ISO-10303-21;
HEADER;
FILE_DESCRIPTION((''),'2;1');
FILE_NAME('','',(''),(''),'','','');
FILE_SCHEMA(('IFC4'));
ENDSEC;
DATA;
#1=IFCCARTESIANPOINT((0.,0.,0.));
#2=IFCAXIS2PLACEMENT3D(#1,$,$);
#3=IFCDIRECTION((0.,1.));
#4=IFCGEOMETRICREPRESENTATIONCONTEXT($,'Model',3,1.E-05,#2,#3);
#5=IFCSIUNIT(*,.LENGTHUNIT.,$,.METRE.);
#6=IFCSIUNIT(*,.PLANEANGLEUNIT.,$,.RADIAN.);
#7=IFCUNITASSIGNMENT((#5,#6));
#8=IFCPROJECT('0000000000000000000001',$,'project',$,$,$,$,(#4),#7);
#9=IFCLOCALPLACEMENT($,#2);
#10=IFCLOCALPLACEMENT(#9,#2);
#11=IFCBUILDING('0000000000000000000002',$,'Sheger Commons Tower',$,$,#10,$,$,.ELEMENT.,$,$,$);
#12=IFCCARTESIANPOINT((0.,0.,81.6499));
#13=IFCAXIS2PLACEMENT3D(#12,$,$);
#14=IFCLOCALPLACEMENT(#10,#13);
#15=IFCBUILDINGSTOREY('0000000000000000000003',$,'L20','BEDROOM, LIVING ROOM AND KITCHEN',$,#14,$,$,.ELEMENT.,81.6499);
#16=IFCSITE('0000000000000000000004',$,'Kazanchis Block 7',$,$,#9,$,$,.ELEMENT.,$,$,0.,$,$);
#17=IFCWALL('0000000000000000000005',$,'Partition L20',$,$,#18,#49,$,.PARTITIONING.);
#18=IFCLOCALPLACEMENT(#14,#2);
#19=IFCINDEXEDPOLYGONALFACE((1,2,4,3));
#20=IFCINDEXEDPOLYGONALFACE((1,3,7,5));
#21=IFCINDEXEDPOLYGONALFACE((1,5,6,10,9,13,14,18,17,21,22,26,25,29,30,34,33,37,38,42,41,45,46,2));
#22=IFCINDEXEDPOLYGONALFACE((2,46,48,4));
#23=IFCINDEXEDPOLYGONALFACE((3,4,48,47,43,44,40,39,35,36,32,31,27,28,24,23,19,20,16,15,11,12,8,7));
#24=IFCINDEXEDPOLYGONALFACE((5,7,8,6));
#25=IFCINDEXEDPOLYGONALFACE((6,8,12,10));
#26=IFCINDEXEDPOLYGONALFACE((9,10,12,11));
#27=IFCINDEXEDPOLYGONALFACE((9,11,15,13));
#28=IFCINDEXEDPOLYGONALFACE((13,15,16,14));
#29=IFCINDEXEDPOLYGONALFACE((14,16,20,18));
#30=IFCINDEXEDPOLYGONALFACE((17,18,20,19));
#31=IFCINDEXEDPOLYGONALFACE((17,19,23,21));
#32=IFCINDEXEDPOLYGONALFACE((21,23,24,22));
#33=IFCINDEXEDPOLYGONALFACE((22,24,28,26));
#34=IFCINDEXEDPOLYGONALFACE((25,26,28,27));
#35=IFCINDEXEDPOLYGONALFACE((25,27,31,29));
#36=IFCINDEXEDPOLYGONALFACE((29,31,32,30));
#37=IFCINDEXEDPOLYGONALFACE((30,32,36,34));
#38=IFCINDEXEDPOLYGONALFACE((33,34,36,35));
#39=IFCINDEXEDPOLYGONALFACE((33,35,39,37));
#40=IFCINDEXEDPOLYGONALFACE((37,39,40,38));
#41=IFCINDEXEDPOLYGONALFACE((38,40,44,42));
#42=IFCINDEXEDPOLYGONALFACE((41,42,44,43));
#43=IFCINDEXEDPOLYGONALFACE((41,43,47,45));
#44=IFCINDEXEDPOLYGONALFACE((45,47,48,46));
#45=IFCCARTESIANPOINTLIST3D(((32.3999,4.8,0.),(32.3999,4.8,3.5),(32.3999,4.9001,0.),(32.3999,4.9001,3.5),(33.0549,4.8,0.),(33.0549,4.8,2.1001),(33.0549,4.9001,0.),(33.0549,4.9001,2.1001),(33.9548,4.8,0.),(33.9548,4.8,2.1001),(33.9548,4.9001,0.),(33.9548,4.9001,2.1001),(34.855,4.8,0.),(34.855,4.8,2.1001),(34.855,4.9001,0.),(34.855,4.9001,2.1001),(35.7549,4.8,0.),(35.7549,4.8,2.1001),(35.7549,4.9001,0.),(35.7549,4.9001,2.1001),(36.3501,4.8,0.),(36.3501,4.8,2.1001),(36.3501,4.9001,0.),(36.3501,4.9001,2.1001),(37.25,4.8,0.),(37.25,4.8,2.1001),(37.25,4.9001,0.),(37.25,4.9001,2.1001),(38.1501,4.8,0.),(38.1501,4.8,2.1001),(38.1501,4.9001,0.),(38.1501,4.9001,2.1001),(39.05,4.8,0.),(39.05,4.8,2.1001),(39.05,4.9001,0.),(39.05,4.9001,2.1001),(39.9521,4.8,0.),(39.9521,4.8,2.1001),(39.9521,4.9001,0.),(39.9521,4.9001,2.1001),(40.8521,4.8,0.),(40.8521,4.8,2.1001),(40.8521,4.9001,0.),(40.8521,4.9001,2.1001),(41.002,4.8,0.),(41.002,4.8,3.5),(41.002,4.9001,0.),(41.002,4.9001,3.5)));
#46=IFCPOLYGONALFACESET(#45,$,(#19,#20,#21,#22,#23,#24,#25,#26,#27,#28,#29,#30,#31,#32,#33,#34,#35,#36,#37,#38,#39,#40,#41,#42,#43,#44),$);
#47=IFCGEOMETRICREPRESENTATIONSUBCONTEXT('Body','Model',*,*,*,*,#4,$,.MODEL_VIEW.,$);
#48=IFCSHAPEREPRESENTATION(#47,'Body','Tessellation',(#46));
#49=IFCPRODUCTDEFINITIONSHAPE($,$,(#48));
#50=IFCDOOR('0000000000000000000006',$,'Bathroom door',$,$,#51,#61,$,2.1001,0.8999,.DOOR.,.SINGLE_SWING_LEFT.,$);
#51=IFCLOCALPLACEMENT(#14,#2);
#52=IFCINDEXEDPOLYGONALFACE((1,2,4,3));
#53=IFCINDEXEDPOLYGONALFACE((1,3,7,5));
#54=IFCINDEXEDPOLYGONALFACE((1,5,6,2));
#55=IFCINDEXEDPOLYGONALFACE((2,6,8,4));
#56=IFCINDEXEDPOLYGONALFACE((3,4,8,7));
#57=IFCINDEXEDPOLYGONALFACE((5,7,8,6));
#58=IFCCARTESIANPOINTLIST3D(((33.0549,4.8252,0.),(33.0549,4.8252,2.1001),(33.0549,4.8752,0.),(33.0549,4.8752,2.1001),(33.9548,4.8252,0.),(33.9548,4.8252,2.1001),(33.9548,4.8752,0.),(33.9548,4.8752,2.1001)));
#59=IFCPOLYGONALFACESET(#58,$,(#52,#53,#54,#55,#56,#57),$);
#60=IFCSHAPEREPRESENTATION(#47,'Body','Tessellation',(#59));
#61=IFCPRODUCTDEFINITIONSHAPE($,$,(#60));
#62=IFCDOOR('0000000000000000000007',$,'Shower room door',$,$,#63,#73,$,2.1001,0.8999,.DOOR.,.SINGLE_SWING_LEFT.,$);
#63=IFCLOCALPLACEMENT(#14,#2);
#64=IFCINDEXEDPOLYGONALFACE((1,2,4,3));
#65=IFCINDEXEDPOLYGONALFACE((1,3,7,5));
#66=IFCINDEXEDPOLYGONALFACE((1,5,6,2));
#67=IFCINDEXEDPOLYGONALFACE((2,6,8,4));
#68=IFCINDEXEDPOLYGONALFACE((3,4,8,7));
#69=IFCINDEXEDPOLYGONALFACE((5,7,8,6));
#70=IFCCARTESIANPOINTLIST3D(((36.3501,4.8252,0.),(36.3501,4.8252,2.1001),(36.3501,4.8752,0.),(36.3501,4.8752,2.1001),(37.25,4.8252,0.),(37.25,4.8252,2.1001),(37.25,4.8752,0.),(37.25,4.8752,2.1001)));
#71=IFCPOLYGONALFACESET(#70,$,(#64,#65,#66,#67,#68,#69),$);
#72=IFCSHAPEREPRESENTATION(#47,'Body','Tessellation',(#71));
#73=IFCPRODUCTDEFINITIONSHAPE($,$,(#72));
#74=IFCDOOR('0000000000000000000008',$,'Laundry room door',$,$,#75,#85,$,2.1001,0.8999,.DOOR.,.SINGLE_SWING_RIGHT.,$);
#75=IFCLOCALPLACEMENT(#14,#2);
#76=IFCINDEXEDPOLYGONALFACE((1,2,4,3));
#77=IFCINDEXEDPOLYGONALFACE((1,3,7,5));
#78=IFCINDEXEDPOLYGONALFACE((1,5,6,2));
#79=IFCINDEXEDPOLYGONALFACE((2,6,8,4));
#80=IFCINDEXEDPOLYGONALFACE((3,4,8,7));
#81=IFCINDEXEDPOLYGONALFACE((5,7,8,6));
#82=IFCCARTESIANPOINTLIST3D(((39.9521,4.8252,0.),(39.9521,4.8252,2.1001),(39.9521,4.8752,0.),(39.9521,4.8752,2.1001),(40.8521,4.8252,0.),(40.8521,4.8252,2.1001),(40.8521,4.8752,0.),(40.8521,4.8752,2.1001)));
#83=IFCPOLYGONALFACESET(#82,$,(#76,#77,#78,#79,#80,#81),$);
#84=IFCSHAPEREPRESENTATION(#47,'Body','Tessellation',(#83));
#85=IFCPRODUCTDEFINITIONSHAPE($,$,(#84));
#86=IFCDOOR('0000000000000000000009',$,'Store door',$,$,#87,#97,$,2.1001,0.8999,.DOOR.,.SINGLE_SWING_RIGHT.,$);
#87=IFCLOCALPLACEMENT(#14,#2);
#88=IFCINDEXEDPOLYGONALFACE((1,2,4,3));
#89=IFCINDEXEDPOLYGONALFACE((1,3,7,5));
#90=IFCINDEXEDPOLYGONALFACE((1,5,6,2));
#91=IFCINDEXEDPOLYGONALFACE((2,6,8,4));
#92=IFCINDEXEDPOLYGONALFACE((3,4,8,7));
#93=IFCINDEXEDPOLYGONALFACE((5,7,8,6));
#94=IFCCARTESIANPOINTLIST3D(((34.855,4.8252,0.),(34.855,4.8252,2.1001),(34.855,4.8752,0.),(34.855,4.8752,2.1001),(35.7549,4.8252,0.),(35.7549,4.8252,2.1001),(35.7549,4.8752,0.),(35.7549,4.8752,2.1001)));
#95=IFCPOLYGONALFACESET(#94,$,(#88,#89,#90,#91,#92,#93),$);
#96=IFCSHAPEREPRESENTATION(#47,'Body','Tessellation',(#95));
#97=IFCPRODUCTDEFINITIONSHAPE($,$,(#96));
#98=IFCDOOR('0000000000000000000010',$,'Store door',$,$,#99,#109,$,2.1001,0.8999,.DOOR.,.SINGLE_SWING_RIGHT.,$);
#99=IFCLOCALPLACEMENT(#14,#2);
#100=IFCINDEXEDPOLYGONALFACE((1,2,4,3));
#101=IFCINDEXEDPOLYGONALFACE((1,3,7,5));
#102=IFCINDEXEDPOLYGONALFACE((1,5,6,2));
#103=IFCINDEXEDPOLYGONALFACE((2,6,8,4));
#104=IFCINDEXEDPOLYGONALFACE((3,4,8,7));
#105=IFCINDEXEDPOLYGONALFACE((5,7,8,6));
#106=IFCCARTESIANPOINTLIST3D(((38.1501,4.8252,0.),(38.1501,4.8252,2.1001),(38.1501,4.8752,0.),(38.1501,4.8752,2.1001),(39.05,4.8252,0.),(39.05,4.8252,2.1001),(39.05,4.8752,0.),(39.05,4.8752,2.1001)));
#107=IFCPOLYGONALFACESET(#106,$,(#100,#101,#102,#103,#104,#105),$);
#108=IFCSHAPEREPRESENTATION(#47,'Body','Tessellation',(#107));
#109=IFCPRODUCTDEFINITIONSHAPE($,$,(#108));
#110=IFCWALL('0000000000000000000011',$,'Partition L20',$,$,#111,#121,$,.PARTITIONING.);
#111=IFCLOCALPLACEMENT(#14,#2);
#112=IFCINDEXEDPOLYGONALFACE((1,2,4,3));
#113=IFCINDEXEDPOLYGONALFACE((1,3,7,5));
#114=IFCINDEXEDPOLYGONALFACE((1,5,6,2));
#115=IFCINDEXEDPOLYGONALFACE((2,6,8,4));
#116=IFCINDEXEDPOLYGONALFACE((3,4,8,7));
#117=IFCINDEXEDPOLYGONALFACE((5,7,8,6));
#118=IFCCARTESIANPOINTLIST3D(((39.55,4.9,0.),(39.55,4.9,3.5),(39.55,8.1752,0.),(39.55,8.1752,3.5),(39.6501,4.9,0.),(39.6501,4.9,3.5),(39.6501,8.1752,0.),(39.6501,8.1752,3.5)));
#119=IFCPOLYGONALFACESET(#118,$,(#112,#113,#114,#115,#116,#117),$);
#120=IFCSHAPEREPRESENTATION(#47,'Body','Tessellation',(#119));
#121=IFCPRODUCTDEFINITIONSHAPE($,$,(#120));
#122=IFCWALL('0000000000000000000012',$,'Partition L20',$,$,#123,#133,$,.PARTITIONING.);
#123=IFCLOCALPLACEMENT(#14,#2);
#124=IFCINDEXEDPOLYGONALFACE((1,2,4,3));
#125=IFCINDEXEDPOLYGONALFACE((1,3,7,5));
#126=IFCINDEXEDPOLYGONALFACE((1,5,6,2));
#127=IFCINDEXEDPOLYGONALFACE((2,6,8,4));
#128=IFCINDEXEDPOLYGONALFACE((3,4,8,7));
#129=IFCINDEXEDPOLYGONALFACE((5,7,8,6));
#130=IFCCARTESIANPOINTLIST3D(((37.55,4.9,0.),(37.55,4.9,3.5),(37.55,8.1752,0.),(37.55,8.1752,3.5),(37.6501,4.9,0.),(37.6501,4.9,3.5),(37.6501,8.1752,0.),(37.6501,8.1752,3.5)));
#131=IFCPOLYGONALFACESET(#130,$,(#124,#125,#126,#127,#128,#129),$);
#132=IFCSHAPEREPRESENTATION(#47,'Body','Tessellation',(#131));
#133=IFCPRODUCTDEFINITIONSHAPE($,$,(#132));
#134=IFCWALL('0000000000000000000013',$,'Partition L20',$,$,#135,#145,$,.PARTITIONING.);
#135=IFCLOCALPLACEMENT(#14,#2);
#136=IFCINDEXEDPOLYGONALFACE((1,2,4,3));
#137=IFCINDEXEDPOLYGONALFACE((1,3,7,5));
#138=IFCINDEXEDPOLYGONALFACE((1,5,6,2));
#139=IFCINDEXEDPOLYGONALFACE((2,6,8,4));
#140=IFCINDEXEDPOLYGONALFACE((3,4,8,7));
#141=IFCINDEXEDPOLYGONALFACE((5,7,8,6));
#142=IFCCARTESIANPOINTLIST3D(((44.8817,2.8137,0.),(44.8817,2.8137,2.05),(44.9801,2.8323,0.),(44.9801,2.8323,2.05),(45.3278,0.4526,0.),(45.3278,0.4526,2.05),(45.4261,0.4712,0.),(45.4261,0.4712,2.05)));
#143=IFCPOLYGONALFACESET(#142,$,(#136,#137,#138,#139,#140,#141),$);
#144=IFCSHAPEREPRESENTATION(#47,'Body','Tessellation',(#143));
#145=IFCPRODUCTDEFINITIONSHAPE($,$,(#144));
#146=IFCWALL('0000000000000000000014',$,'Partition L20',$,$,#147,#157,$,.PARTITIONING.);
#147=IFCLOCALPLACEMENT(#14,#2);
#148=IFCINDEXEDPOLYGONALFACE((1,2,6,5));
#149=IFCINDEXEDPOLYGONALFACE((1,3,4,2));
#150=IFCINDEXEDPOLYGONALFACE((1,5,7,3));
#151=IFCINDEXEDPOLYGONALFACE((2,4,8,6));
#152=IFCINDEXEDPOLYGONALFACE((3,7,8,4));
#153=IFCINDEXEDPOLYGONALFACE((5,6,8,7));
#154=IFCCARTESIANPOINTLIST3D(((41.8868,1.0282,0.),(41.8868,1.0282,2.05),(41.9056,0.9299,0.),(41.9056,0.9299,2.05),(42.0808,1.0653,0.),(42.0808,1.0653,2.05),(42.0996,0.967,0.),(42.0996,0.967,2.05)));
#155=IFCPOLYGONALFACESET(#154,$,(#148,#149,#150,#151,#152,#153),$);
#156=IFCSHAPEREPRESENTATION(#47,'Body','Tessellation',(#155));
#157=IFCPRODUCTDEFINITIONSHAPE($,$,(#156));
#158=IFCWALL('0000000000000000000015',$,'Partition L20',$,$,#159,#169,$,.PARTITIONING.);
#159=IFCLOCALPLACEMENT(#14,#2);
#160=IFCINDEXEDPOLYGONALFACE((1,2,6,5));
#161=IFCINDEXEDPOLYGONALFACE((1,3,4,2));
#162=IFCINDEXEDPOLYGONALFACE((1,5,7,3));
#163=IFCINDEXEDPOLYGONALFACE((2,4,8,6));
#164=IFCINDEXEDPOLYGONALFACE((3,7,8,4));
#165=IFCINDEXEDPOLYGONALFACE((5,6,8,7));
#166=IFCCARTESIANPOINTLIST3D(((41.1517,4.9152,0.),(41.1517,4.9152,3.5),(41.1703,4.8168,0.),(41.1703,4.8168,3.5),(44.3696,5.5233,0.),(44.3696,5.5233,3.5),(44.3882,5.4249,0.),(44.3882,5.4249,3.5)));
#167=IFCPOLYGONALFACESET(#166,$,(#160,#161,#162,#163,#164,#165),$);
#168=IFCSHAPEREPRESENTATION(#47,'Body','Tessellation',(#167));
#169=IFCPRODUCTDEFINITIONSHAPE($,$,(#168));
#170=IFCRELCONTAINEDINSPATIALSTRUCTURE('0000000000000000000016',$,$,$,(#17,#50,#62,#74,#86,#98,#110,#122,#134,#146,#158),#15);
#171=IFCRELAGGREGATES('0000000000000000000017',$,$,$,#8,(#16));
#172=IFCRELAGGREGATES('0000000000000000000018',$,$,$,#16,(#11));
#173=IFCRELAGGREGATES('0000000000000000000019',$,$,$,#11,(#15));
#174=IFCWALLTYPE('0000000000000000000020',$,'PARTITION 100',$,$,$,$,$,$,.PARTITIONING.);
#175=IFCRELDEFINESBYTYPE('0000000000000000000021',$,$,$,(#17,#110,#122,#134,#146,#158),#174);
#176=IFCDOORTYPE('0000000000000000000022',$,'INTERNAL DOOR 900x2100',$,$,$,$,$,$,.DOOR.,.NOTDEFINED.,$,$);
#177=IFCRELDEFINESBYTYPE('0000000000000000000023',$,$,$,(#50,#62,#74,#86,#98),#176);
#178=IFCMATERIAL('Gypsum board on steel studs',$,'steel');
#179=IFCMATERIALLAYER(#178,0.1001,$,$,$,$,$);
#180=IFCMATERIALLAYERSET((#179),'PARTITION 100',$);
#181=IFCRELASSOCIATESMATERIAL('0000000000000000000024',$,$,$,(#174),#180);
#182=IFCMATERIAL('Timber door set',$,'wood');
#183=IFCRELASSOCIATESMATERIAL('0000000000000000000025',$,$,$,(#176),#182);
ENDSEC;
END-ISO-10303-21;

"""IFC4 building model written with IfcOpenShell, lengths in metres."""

from ifc_helpers import new_model, si_unit, direction, frame, frame_2d, origin, place, context, subcontext, project, spatial, rectangle, extrude, material, layer, layer_set, type_object, element, fill, save


model = new_model("IFC4")

# Units and contexts
model_context = context("Model", 3, precision=1e-05, world=origin(), true_north=direction((0.0, 1.0)))
body_context = subcontext(model_context, "Body", "Model", "MODEL_VIEW")
ifc_project = project(units=[si_unit("LENGTHUNIT", "METRE"), si_unit("PLANEANGLEUNIT", "RADIAN")], contexts=[model_context])

# Site, building, storey
site_placement = place(None, origin())
site = spatial("IfcSite", under=ifc_project, at=site_placement, Name="Kazanchis Block 7", CompositionType="ELEMENT", RefElevation=0.0)
building_placement = place(site_placement, origin())
building = spatial("IfcBuilding", under=site, at=building_placement, Name="Sheger Commons Tower", CompositionType="ELEMENT")
storey_placement = place(building_placement, frame((0.0, 0.0, 81.6499)))
storey = spatial("IfcBuildingStorey", under=building, at=storey_placement, Name="L20", Description="BEDROOM, LIVING ROOM AND KITCHEN", CompositionType="ELEMENT", Elevation=81.6499)

# Wall, openings, doors
ifc_material_1 = material(Name="Gypsum board on steel studs", Category="steel")
ifc_layer_1 = layer(ifc_material_1, 0.1001)
ifc_layer_set_1 = layer_set([ifc_layer_1], Name="PARTITION 100")
wall_type = type_object("IfcWallType", Name="PARTITION 100", PredefinedType="PARTITIONING", material=ifc_layer_set_1)
ifc_material_2 = material(Name="Timber door set", Category="wood")
door_type = type_object("IfcDoorType", Name="INTERNAL DOOR 900x2100", OperationType="NOTDEFINED", PredefinedType="DOOR", material=ifc_material_2)
wall_1_placement = place(storey_placement, frame((41.002, 4.8501, 0.0), z_axis=(0.0, 0.0, 1.0), x_axis=(-1.0, 0.0, 0.0)))
wall_1 = element("IfcWall", 1, at=wall_1_placement, inside=storey, type_object=wall_type, Name="Partition L20", PredefinedType="PARTITIONING", context=body_context, shape_type="SweptSolid", body=[
    extrude(rectangle(XDim=8.6021, YDim=0.1001, at=frame_2d((4.301, 0.0))), origin(), (0.0, 0.0, 1.0), 3.5),
])
opening_1_placement = place(wall_1_placement, frame((7.0471, 0.0, 0.0)))
opening_1 = element("IfcOpeningElement", 2, at=opening_1_placement, cuts=wall_1, PredefinedType="OPENING", context=body_context, shape_type="SweptSolid", body=[
    extrude(rectangle(XDim=0.8999, YDim=2.1001, at=frame_2d((0.45, 1.05))), frame((0.0, 0.0601, 0.0), z_axis=(0.0, -1.0, 0.0), x_axis=(1.0, 0.0, 0.0)), (0.0, 0.0, 1.0), 0.1201),
])
opening_2_placement = place(wall_1_placement, frame((3.752, 0.0, 0.0)))
opening_2 = element("IfcOpeningElement", 3, at=opening_2_placement, cuts=wall_1, PredefinedType="OPENING", context=body_context, shape_type="SweptSolid", body=[
    extrude(rectangle(XDim=0.8999, YDim=2.1001, at=frame_2d((0.45, 1.05))), frame((0.0, 0.0601, 0.0), z_axis=(0.0, -1.0, 0.0), x_axis=(1.0, 0.0, 0.0)), (0.0, 0.0, 1.0), 0.1201),
])
opening_3_placement = place(wall_1_placement, frame((0.1499, 0.0, 0.0)))
opening_3 = element("IfcOpeningElement", 4, at=opening_3_placement, cuts=wall_1, PredefinedType="OPENING", context=body_context, shape_type="SweptSolid", body=[
    extrude(rectangle(XDim=0.8999, YDim=2.1001, at=frame_2d((0.45, 1.05))), frame((0.0, 0.0601, 0.0), z_axis=(0.0, -1.0, 0.0), x_axis=(1.0, 0.0, 0.0)), (0.0, 0.0, 1.0), 0.1201),
])
opening_4_placement = place(wall_1_placement, frame((5.2471, 0.0, 0.0)))
opening_4 = element("IfcOpeningElement", 5, at=opening_4_placement, cuts=wall_1, PredefinedType="OPENING", context=body_context, shape_type="SweptSolid", body=[
    extrude(rectangle(XDim=0.8999, YDim=2.1001, at=frame_2d((0.45, 1.05))), frame((0.0, 0.0601, 0.0), z_axis=(0.0, -1.0, 0.0), x_axis=(1.0, 0.0, 0.0)), (0.0, 0.0, 1.0), 0.1201),
])
opening_5_placement = place(wall_1_placement, frame((1.9519, 0.0, 0.0)))
opening_5 = element("IfcOpeningElement", 6, at=opening_5_placement, cuts=wall_1, PredefinedType="OPENING", context=body_context, shape_type="SweptSolid", body=[
    extrude(rectangle(XDim=0.8999, YDim=2.1001, at=frame_2d((0.45, 1.05))), frame((0.0, 0.0601, 0.0), z_axis=(0.0, -1.0, 0.0), x_axis=(1.0, 0.0, 0.0)), (0.0, 0.0, 1.0), 0.1201),
])
door_1_placement = place(opening_1_placement, origin())
door_1 = element("IfcDoor", 7, at=door_1_placement, inside=storey, type_object=door_type, Name="Bathroom door", OperationType="SINGLE_SWING_LEFT", OverallHeight=2.1001, OverallWidth=0.8999, PredefinedType="DOOR", context=body_context, shape_type="SweptSolid", body=[
    extrude(rectangle(XDim=0.8999, YDim=2.1001, at=frame_2d((0.45, 1.05))), frame((0.0, 0.0249, 0.0), z_axis=(0.0, -1.0, 0.0), x_axis=(1.0, 0.0, 0.0)), (0.0, 0.0, 1.0), 0.05),
])
fill(opening_1, door_1)
door_2_placement = place(opening_2_placement, origin())
door_2 = element("IfcDoor", 8, at=door_2_placement, inside=storey, type_object=door_type, Name="Shower room door", OperationType="SINGLE_SWING_LEFT", OverallHeight=2.1001, OverallWidth=0.8999, PredefinedType="DOOR", context=body_context, shape_type="SweptSolid", body=[
    extrude(rectangle(XDim=0.8999, YDim=2.1001, at=frame_2d((0.45, 1.05))), frame((0.0, 0.0249, 0.0), z_axis=(0.0, -1.0, 0.0), x_axis=(1.0, 0.0, 0.0)), (0.0, 0.0, 1.0), 0.05),
])
fill(opening_2, door_2)
door_3_placement = place(opening_3_placement, origin())
door_3 = element("IfcDoor", 9, at=door_3_placement, inside=storey, type_object=door_type, Name="Laundry room door", OperationType="SINGLE_SWING_RIGHT", OverallHeight=2.1001, OverallWidth=0.8999, PredefinedType="DOOR", context=body_context, shape_type="SweptSolid", body=[
    extrude(rectangle(XDim=0.8999, YDim=2.1001, at=frame_2d((0.45, 1.05))), frame((0.0, 0.0249, 0.0), z_axis=(0.0, -1.0, 0.0), x_axis=(1.0, 0.0, 0.0)), (0.0, 0.0, 1.0), 0.05),
])
fill(opening_3, door_3)
door_4_placement = place(opening_4_placement, origin())
door_4 = element("IfcDoor", 10, at=door_4_placement, inside=storey, type_object=door_type, Name="Store door", OperationType="SINGLE_SWING_RIGHT", OverallHeight=2.1001, OverallWidth=0.8999, PredefinedType="DOOR", context=body_context, shape_type="SweptSolid", body=[
    extrude(rectangle(XDim=0.8999, YDim=2.1001, at=frame_2d((0.45, 1.05))), frame((0.0, 0.0249, 0.0), z_axis=(0.0, -1.0, 0.0), x_axis=(1.0, 0.0, 0.0)), (0.0, 0.0, 1.0), 0.05),
])
fill(opening_4, door_4)
door_5_placement = place(opening_5_placement, origin())
door_5 = element("IfcDoor", 11, at=door_5_placement, inside=storey, type_object=door_type, Name="Store door", OperationType="SINGLE_SWING_RIGHT", OverallHeight=2.1001, OverallWidth=0.8999, PredefinedType="DOOR", context=body_context, shape_type="SweptSolid", body=[
    extrude(rectangle(XDim=0.8999, YDim=2.1001, at=frame_2d((0.45, 1.05))), frame((0.0, 0.0249, 0.0), z_axis=(0.0, -1.0, 0.0), x_axis=(1.0, 0.0, 0.0)), (0.0, 0.0, 1.0), 0.05),
])
fill(opening_5, door_5)

# Walls
for number, where, z_axis, x_axis, name in (
    (12, (39.6001, 4.8999, 0.0), (0.0, 0.0, 1.0), (0.0, 1.0, 0.0), "Partition L20"),
    (13, (37.6001, 4.8999, 0.0), (0.0, 0.0, 1.0), (0.0, 1.0, 0.0), "Partition L20"),
):
    element("IfcWall", number, at=place(storey_placement, frame(where, z_axis=z_axis, x_axis=x_axis)), inside=storey, type_object=wall_type, Name=name, PredefinedType="PARTITIONING", context=body_context, shape_type="SweptSolid", body=[
        extrude(rectangle(XDim=3.2751, YDim=0.1001, at=frame_2d((1.6377, 0.0))), origin(), (0.0, 0.0, 1.0), 3.5),
    ])
wall_2_placement = place(storey_placement, frame((44.9309, 2.823, 0.0), z_axis=(0.0, 0.0, 1.0), x_axis=(0.185632, -0.982619, 0.0)))
element("IfcWall", 14, at=wall_2_placement, inside=storey, type_object=wall_type, Name="Partition L20", PredefinedType="PARTITIONING", context=body_context, shape_type="SweptSolid", body=[
    extrude(rectangle(XDim=2.4028, YDim=0.1001, at=frame_2d((1.2014, 0.0))), origin(), (0.0, 0.0, 1.0), 2.05),
])
wall_3_placement = place(storey_placement, frame((42.0901, 1.0161, 0.0), z_axis=(0.0, 0.0, 1.0), x_axis=(-0.982209, -0.187793, 0.0)))
element("IfcWall", 15, at=wall_3_placement, inside=storey, type_object=wall_type, Name="Partition L20", PredefinedType="PARTITIONING", context=body_context, shape_type="SweptSolid", body=[
    extrude(rectangle(XDim=0.1975, YDim=0.1001, at=frame_2d((0.0986, 0.0))), origin(), (0.0, 0.0, 1.0), 2.05),
])
wall_4_placement = place(storey_placement, frame((44.3789, 5.4741, 0.0), z_axis=(0.0, 0.0, 1.0), x_axis=(-0.982607, -0.185697, 0.0)))
element("IfcWall", 16, at=wall_4_placement, inside=storey, type_object=wall_type, Name="Partition L20", PredefinedType="PARTITIONING", context=body_context, shape_type="SweptSolid", body=[
    extrude(rectangle(XDim=3.2749, YDim=0.1001, at=frame_2d((1.6375, 0.0))), origin(), (0.0, 0.0, 1.0), 3.5),
])

save(model, "model.ifc")
